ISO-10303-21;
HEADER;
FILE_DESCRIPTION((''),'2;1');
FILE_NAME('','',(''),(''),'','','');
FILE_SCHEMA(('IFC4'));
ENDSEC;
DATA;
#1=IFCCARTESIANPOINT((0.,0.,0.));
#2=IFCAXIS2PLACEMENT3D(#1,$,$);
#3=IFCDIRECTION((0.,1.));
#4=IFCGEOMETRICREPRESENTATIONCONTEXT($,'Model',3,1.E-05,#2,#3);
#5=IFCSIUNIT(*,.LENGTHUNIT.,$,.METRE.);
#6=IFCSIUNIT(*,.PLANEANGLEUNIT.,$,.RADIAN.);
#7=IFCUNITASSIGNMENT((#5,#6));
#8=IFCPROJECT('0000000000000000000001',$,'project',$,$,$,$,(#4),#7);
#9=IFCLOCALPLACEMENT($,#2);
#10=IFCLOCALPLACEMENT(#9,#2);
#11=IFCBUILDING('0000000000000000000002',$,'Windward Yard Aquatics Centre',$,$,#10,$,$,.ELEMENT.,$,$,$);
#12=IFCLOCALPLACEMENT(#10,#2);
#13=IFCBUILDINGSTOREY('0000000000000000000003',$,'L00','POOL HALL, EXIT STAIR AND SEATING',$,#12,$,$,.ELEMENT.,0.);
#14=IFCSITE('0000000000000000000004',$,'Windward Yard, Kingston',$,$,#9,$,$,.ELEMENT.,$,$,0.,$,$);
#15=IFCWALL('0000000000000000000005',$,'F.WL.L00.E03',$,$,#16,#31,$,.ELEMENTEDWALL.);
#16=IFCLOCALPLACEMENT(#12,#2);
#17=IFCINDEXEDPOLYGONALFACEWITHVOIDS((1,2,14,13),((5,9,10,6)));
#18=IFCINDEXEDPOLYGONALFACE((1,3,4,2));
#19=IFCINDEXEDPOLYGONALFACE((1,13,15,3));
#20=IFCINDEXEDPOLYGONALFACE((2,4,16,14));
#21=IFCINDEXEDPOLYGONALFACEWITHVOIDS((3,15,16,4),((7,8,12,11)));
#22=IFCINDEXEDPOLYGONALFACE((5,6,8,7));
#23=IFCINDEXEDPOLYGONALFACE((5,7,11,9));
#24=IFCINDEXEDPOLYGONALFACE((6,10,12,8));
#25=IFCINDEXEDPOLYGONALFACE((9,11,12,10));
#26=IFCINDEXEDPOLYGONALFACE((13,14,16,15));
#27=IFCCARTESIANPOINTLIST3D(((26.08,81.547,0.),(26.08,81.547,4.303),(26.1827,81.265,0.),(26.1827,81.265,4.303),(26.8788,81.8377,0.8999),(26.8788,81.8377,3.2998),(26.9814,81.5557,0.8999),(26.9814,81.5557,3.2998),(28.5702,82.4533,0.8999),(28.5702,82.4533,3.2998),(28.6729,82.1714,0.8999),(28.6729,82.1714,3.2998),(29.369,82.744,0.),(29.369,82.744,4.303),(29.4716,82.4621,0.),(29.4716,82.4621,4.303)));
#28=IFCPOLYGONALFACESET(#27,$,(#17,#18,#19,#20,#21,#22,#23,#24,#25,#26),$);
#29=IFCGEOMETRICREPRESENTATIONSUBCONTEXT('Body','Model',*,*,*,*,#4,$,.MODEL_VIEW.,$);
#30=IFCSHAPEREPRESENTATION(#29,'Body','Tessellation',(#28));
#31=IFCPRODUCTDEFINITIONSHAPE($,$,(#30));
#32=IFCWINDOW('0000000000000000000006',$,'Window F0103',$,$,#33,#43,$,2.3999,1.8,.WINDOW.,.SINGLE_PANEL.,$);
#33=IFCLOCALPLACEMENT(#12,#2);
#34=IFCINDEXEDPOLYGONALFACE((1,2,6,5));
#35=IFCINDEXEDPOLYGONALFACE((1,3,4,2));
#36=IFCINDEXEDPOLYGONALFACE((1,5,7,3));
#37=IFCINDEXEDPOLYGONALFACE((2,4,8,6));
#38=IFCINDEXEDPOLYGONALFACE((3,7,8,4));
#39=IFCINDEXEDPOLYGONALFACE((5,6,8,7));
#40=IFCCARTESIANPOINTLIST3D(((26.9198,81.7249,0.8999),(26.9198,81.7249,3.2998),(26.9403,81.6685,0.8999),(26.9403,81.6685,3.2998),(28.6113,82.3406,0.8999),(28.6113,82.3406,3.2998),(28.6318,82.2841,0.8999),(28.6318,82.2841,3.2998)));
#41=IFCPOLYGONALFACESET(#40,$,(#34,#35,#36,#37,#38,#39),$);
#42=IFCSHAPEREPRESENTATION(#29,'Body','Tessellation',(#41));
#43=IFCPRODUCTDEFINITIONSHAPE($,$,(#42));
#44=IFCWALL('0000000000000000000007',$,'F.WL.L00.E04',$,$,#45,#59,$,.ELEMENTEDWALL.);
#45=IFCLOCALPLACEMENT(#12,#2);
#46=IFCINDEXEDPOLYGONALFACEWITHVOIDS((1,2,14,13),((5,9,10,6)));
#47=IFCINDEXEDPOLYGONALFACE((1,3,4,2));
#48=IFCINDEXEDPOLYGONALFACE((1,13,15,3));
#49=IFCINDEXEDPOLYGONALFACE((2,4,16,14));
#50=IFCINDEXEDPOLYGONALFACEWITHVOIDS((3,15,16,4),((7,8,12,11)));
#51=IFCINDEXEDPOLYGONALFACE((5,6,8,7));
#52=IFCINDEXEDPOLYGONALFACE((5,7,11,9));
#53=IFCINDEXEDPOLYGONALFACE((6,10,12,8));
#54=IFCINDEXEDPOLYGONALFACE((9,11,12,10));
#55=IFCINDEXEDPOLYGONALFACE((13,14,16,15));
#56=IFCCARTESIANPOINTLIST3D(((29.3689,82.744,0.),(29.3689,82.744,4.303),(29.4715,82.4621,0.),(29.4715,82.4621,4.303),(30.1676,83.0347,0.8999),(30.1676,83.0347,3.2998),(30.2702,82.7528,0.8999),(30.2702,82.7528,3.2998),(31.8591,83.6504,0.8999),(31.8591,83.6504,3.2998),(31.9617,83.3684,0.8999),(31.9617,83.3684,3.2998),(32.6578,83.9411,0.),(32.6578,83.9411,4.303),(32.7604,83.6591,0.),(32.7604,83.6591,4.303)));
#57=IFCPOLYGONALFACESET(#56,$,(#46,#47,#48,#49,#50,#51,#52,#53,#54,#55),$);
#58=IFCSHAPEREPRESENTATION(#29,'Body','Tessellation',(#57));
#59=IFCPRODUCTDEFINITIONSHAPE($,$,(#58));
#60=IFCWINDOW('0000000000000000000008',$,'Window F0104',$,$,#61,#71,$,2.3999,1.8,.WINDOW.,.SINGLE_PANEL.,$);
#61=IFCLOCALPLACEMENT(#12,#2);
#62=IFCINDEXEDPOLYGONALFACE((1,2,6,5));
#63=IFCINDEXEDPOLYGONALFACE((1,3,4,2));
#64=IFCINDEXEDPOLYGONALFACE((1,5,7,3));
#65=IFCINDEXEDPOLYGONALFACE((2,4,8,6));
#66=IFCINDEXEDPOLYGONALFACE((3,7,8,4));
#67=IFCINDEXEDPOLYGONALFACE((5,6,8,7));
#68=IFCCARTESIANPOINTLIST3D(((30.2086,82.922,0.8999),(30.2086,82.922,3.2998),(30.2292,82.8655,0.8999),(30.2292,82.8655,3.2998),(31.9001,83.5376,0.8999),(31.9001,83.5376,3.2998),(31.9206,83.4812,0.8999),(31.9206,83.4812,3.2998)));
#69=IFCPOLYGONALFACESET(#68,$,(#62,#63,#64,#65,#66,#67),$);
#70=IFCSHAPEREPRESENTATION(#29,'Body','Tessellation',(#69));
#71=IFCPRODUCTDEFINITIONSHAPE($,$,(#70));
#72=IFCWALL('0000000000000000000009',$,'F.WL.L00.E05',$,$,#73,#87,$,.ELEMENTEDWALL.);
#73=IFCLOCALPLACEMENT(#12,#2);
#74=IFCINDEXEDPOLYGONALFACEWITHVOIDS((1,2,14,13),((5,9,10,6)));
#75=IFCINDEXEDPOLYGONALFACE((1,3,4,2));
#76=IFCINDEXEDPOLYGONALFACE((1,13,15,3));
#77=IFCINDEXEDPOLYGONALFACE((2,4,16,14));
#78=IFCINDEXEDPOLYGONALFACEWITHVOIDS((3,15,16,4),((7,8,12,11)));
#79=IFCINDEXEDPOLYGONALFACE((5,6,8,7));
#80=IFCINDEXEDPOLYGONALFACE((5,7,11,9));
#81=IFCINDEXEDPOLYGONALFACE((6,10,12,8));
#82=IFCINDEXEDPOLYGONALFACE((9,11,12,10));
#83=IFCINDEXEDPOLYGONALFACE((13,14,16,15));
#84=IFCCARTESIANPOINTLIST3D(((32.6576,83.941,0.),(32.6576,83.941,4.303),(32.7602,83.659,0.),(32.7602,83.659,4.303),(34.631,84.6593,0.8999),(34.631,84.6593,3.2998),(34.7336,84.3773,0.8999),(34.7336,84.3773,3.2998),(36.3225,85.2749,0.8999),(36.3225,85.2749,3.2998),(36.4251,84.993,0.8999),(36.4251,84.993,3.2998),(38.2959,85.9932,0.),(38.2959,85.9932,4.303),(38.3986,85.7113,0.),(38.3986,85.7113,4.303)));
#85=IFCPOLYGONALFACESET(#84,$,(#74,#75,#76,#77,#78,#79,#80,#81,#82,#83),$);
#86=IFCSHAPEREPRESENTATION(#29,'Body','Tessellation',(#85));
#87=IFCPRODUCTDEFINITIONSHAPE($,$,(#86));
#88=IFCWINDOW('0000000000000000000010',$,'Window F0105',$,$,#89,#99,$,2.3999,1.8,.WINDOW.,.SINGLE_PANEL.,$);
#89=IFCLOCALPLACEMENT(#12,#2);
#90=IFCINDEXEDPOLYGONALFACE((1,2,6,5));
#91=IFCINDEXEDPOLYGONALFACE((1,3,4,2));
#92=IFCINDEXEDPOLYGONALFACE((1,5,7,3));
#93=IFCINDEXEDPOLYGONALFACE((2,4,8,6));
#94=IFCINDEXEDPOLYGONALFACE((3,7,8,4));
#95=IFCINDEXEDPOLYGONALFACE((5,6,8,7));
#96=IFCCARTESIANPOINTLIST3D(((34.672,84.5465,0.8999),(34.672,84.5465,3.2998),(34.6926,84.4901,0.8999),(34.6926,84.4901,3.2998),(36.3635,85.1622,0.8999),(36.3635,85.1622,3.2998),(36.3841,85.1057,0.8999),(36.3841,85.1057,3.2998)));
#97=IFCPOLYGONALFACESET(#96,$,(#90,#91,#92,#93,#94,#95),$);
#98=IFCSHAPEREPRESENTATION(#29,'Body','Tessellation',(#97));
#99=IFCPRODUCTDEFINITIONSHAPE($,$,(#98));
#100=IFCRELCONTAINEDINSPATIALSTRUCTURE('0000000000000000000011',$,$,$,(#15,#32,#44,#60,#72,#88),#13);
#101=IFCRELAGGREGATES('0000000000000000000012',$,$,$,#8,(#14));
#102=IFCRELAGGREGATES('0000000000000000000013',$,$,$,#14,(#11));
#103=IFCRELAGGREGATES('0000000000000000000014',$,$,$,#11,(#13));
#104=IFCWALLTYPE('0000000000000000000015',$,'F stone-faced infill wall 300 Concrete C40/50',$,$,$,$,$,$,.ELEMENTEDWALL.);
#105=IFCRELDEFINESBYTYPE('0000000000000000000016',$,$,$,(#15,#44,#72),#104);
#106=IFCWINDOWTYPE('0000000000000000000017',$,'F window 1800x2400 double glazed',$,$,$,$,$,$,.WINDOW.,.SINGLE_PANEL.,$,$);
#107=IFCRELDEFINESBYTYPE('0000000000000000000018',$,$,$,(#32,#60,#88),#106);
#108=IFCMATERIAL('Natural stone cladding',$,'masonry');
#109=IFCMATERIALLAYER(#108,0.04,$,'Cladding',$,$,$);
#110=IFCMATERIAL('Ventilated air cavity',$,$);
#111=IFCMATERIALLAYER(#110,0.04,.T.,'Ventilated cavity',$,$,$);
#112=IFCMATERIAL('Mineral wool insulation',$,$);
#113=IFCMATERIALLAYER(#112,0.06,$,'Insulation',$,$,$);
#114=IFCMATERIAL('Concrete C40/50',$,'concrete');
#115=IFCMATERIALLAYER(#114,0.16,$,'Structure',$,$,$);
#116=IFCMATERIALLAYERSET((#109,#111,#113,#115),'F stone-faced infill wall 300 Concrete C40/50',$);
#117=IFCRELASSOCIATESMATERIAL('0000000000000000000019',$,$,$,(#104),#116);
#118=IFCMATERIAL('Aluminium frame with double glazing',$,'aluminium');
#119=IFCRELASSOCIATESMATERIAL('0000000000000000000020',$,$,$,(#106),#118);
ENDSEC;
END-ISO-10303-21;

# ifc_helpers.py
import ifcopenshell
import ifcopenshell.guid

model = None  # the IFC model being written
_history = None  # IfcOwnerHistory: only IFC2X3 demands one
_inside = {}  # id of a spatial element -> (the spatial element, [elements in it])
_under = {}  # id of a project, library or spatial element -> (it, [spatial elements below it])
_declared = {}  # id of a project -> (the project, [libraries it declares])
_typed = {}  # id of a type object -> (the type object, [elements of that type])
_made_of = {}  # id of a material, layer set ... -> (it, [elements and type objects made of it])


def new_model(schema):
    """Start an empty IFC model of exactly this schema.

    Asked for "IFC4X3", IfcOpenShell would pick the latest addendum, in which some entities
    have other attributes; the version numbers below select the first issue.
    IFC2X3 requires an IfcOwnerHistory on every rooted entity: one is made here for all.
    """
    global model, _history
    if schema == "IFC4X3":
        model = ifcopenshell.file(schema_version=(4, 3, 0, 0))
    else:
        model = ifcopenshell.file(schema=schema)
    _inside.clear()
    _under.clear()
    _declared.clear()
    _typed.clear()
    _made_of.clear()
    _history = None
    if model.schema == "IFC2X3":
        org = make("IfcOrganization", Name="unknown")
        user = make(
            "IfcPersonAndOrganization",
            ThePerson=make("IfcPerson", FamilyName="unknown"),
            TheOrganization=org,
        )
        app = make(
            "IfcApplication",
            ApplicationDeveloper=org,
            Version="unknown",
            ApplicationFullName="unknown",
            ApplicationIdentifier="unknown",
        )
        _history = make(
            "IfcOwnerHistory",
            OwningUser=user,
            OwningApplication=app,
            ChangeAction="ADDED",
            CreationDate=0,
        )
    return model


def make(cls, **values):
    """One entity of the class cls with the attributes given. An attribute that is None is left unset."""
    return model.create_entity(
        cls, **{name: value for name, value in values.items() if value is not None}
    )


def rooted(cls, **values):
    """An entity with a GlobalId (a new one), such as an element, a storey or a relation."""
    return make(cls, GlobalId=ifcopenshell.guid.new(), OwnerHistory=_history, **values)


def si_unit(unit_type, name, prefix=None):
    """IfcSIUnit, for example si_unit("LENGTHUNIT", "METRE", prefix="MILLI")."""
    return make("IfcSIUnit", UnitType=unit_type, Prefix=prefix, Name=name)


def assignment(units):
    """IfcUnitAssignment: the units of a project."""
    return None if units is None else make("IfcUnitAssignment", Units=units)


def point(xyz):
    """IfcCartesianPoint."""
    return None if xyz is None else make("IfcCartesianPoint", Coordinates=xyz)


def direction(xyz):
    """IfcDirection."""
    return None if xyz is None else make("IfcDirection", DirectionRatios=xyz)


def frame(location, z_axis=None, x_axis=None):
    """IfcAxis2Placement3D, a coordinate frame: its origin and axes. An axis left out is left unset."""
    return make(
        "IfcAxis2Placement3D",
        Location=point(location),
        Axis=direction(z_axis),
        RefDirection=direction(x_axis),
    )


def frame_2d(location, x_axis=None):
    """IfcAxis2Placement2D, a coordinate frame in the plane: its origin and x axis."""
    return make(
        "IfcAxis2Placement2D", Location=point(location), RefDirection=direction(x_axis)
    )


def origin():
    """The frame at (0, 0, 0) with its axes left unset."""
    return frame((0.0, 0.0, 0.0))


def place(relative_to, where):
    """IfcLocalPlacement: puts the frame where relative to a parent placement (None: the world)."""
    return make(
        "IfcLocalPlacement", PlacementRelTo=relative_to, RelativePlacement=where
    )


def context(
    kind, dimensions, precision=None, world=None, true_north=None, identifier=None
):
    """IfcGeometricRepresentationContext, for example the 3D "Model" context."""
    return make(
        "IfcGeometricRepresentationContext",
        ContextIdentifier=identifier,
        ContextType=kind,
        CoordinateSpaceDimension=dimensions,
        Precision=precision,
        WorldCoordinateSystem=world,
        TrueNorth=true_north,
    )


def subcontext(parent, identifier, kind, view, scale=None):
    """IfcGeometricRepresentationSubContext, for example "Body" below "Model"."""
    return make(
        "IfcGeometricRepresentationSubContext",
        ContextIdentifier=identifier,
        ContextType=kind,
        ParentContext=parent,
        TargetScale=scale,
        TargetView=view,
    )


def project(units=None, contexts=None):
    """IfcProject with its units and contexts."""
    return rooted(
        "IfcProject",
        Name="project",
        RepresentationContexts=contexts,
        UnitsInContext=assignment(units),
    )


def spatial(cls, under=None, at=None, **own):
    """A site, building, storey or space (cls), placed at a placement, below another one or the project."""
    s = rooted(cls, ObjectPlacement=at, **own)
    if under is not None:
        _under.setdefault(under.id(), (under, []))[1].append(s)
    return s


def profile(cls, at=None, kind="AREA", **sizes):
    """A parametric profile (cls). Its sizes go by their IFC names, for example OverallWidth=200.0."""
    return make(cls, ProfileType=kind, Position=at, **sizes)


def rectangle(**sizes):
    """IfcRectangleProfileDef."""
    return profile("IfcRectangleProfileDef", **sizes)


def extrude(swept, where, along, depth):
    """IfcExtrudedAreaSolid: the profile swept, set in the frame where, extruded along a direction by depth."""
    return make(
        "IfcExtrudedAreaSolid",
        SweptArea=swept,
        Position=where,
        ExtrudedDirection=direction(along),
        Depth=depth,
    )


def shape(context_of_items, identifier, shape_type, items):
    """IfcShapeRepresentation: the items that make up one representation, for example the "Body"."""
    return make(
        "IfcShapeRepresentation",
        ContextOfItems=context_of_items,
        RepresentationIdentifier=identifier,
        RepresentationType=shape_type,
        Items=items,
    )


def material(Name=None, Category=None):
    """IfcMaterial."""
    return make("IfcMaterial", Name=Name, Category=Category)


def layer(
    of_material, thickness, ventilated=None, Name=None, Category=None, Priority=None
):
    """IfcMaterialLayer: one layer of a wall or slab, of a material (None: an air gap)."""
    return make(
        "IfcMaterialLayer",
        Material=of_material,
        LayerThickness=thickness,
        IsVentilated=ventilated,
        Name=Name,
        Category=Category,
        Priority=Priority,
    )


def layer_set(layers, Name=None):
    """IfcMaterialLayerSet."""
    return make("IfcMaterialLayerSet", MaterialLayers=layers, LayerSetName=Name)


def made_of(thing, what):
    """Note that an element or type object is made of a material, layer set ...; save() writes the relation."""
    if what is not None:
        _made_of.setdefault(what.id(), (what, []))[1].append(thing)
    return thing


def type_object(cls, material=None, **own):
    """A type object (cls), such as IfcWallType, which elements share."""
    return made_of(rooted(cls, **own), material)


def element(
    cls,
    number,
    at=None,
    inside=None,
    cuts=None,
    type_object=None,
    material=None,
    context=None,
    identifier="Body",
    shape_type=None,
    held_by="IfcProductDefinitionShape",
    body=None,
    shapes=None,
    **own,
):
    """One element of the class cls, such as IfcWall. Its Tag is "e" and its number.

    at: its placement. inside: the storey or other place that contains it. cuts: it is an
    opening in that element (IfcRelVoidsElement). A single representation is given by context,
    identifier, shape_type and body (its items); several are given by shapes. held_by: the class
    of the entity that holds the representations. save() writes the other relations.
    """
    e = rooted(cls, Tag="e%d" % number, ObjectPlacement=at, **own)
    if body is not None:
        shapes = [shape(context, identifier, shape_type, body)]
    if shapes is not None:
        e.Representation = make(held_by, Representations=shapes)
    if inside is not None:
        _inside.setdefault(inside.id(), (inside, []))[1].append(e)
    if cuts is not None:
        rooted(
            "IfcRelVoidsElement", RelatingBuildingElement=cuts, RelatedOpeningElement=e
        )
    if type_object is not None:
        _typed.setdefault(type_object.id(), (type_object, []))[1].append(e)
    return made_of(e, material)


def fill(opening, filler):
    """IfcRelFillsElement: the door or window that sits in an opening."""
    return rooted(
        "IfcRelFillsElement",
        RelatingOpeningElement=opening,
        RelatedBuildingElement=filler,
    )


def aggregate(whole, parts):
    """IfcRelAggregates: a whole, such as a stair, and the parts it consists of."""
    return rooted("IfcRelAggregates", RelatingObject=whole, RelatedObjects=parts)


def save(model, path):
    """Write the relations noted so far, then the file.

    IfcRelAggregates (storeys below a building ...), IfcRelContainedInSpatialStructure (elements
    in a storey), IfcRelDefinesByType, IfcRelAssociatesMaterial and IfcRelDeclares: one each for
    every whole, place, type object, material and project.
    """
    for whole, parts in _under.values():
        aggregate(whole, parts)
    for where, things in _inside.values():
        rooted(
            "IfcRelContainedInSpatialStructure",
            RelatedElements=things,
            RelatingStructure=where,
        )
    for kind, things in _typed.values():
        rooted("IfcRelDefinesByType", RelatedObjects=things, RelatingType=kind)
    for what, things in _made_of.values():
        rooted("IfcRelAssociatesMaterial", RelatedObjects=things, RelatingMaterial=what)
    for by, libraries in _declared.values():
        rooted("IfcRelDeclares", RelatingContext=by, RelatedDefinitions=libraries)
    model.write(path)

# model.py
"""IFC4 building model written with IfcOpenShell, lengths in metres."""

from ifc_helpers import new_model, si_unit, direction, frame, frame_2d, origin, place, context, subcontext, project, spatial, rectangle, extrude, material, layer, layer_set, type_object, element, fill, save


model = new_model("IFC4")

# Units and contexts
model_context = context("Model", 3, precision=1e-05, world=origin(), true_north=direction((0.0, 1.0)))
body_context = subcontext(model_context, "Body", "Model", "MODEL_VIEW")
ifc_project = project(units=[si_unit("LENGTHUNIT", "METRE"), si_unit("PLANEANGLEUNIT", "RADIAN")], contexts=[model_context])

# Site, building, storey
site_placement = place(None, origin())
site = spatial("IfcSite", under=ifc_project, at=site_placement, Name="Windward Yard, Kingston", CompositionType="ELEMENT", RefElevation=0.0)
building_placement = place(site_placement, origin())
building = spatial("IfcBuilding", under=site, at=building_placement, Name="Windward Yard Aquatics Centre", CompositionType="ELEMENT")
storey_placement = place(building_placement, origin())
storey = spatial("IfcBuildingStorey", under=building, at=storey_placement, Name="L00", Description="POOL HALL, EXIT STAIR AND SEATING", CompositionType="ELEMENT", Elevation=0.0)

# Shared definitions
ifc_material_1 = material(Name="Concrete C40/50", Category="concrete")

# Walls, openings, windows
ifc_material_2 = material(Name="Natural stone cladding", Category="masonry")
ifc_layer_1 = layer(ifc_material_2, 0.04, Name="Cladding")
ifc_material_3 = material(Name="Ventilated air cavity")
ifc_layer_2 = layer(ifc_material_3, 0.04, ventilated=True, Name="Ventilated cavity")
ifc_material_4 = material(Name="Mineral wool insulation")
ifc_layer_3 = layer(ifc_material_4, 0.06, Name="Insulation")
ifc_layer_4 = layer(ifc_material_1, 0.16, Name="Structure")
ifc_layer_set_1 = layer_set([ifc_layer_1, ifc_layer_2, ifc_layer_3, ifc_layer_4], Name="F stone-faced infill wall 300 Concrete C40/50")
wall_type_1 = type_object("IfcWallType", Name="F stone-faced infill wall 300 Concrete C40/50", PredefinedType="ELEMENTEDWALL", material=ifc_layer_set_1)
wall_1_placement = place(storey_placement, frame((26.1313, 81.406, 0.0), z_axis=(0.0, 0.0, 1.0), x_axis=(0.939694, 0.342017, 0.0)))
wall_1 = element("IfcWall", 1, at=wall_1_placement, inside=storey, type_object=wall_type_1, Name="F.WL.L00.E03", PredefinedType="ELEMENTEDWALL", context=body_context, shape_type="SweptSolid", body=[
    extrude(rectangle(XDim=3.5, YDim=0.3, at=frame_2d((1.75, 0.0))), origin(), (0.0, 0.0, 1.0), 4.303),
])
opening_1_placement = place(wall_1_placement, frame((0.8501, 0.0, 0.8999)))
opening_1 = element("IfcOpeningElement", 2, at=opening_1_placement, cuts=wall_1, PredefinedType="OPENING", context=body_context, shape_type="SweptSolid", body=[
    extrude(rectangle(XDim=1.8, YDim=2.3999, at=frame_2d((0.8999, 1.2))), frame((0.0, 0.1602, 0.0), z_axis=(0.0, -1.0, 0.0), x_axis=(1.0, 0.0, 0.0)), (0.0, 0.0, 1.0), 0.3201),
])
ifc_material_5 = material(Name="Aluminium frame with double glazing", Category="aluminium")
window_type = type_object("IfcWindowType", Name="F window 1800x2400 double glazed", PartitioningType="SINGLE_PANEL", PredefinedType="WINDOW", material=ifc_material_5)
window_1_placement = place(opening_1_placement, origin())
window_1 = element("IfcWindow", 3, at=window_1_placement, inside=storey, type_object=window_type, Name="Window F0103", OverallHeight=2.3999, OverallWidth=1.8, PartitioningType="SINGLE_PANEL", PredefinedType="WINDOW", context=body_context, shape_type="SweptSolid", body=[
    extrude(rectangle(XDim=1.8, YDim=2.3999, at=frame_2d((0.8999, 1.2))), frame((0.0, 0.03, 0.0), z_axis=(0.0, -1.0, 0.0), x_axis=(1.0, 0.0, 0.0)), (0.0, 0.0, 1.0), 0.0601),
])
fill(opening_1, window_1)
wall_2_placement = place(storey_placement, frame((29.4202, 82.603, 0.0), z_axis=(0.0, 0.0, 1.0), x_axis=(0.939694, 0.342017, 0.0)))
wall_2 = element("IfcWall", 4, at=wall_2_placement, inside=storey, type_object=wall_type_1, Name="F.WL.L00.E04", PredefinedType="ELEMENTEDWALL", context=body_context, shape_type="SweptSolid", body=[
    extrude(rectangle(XDim=3.5, YDim=0.3, at=frame_2d((1.75, 0.0))), origin(), (0.0, 0.0, 1.0), 4.303),
])
opening_2_placement = place(wall_2_placement, frame((0.8501, 0.0, 0.8999)))
opening_2 = element("IfcOpeningElement", 5, at=opening_2_placement, cuts=wall_2, PredefinedType="OPENING", context=body_context, shape_type="SweptSolid", body=[
    extrude(rectangle(XDim=1.8, YDim=2.3999, at=frame_2d((0.8999, 1.2))), frame((0.0, 0.1602, 0.0), z_axis=(0.0, -1.0, 0.0), x_axis=(1.0, 0.0, 0.0)), (0.0, 0.0, 1.0), 0.3201),
])
window_2_placement = place(opening_2_placement, origin())
window_2 = element("IfcWindow", 6, at=window_2_placement, inside=storey, type_object=window_type, Name="Window F0104", OverallHeight=2.3999, OverallWidth=1.8, PartitioningType="SINGLE_PANEL", PredefinedType="WINDOW", context=body_context, shape_type="SweptSolid", body=[
    extrude(rectangle(XDim=1.8, YDim=2.3999, at=frame_2d((0.8999, 1.2))), frame((0.0, 0.03, 0.0), z_axis=(0.0, -1.0, 0.0), x_axis=(1.0, 0.0, 0.0)), (0.0, 0.0, 1.0), 0.0601),
])
fill(opening_2, window_2)
wall_3_placement = place(storey_placement, frame((32.709, 83.8, 0.0), z_axis=(0.0, 0.0, 1.0), x_axis=(0.939691, 0.342024, 0.0)))
wall_3 = element("IfcWall", 7, at=wall_3_placement, inside=storey, type_object=wall_type_1, Name="F.WL.L00.E05", PredefinedType="ELEMENTEDWALL", context=body_context, shape_type="SweptSolid", body=[
    extrude(rectangle(XDim=6.0002, YDim=0.3, at=frame_2d((3.0, 0.0))), origin(), (0.0, 0.0, 1.0), 4.303),
])
opening_3_placement = place(wall_3_placement, frame((2.1001, 0.0, 0.8999)))
opening_3 = element("IfcOpeningElement", 8, at=opening_3_placement, cuts=wall_3, PredefinedType="OPENING", context=body_context, shape_type="SweptSolid", body=[
    extrude(rectangle(XDim=1.8, YDim=2.3999, at=frame_2d((0.8999, 1.2))), frame((0.0, 0.1602, 0.0), z_axis=(0.0, -1.0, 0.0), x_axis=(1.0, 0.0, 0.0)), (0.0, 0.0, 1.0), 0.3201),
])
window_3_placement = place(opening_3_placement, origin())
window_3 = element("IfcWindow", 9, at=window_3_placement, inside=storey, type_object=window_type, Name="Window F0105", OverallHeight=2.3999, OverallWidth=1.8, PartitioningType="SINGLE_PANEL", PredefinedType="WINDOW", context=body_context, shape_type="SweptSolid", body=[
    extrude(rectangle(XDim=1.8, YDim=2.3999, at=frame_2d((0.8999, 1.2))), frame((0.0, 0.03, 0.0), z_axis=(0.0, -1.0, 0.0), x_axis=(1.0, 0.0, 0.0)), (0.0, 0.0, 1.0), 0.0601),
])
fill(opening_3, window_3)

save(model, "model.ifc")
